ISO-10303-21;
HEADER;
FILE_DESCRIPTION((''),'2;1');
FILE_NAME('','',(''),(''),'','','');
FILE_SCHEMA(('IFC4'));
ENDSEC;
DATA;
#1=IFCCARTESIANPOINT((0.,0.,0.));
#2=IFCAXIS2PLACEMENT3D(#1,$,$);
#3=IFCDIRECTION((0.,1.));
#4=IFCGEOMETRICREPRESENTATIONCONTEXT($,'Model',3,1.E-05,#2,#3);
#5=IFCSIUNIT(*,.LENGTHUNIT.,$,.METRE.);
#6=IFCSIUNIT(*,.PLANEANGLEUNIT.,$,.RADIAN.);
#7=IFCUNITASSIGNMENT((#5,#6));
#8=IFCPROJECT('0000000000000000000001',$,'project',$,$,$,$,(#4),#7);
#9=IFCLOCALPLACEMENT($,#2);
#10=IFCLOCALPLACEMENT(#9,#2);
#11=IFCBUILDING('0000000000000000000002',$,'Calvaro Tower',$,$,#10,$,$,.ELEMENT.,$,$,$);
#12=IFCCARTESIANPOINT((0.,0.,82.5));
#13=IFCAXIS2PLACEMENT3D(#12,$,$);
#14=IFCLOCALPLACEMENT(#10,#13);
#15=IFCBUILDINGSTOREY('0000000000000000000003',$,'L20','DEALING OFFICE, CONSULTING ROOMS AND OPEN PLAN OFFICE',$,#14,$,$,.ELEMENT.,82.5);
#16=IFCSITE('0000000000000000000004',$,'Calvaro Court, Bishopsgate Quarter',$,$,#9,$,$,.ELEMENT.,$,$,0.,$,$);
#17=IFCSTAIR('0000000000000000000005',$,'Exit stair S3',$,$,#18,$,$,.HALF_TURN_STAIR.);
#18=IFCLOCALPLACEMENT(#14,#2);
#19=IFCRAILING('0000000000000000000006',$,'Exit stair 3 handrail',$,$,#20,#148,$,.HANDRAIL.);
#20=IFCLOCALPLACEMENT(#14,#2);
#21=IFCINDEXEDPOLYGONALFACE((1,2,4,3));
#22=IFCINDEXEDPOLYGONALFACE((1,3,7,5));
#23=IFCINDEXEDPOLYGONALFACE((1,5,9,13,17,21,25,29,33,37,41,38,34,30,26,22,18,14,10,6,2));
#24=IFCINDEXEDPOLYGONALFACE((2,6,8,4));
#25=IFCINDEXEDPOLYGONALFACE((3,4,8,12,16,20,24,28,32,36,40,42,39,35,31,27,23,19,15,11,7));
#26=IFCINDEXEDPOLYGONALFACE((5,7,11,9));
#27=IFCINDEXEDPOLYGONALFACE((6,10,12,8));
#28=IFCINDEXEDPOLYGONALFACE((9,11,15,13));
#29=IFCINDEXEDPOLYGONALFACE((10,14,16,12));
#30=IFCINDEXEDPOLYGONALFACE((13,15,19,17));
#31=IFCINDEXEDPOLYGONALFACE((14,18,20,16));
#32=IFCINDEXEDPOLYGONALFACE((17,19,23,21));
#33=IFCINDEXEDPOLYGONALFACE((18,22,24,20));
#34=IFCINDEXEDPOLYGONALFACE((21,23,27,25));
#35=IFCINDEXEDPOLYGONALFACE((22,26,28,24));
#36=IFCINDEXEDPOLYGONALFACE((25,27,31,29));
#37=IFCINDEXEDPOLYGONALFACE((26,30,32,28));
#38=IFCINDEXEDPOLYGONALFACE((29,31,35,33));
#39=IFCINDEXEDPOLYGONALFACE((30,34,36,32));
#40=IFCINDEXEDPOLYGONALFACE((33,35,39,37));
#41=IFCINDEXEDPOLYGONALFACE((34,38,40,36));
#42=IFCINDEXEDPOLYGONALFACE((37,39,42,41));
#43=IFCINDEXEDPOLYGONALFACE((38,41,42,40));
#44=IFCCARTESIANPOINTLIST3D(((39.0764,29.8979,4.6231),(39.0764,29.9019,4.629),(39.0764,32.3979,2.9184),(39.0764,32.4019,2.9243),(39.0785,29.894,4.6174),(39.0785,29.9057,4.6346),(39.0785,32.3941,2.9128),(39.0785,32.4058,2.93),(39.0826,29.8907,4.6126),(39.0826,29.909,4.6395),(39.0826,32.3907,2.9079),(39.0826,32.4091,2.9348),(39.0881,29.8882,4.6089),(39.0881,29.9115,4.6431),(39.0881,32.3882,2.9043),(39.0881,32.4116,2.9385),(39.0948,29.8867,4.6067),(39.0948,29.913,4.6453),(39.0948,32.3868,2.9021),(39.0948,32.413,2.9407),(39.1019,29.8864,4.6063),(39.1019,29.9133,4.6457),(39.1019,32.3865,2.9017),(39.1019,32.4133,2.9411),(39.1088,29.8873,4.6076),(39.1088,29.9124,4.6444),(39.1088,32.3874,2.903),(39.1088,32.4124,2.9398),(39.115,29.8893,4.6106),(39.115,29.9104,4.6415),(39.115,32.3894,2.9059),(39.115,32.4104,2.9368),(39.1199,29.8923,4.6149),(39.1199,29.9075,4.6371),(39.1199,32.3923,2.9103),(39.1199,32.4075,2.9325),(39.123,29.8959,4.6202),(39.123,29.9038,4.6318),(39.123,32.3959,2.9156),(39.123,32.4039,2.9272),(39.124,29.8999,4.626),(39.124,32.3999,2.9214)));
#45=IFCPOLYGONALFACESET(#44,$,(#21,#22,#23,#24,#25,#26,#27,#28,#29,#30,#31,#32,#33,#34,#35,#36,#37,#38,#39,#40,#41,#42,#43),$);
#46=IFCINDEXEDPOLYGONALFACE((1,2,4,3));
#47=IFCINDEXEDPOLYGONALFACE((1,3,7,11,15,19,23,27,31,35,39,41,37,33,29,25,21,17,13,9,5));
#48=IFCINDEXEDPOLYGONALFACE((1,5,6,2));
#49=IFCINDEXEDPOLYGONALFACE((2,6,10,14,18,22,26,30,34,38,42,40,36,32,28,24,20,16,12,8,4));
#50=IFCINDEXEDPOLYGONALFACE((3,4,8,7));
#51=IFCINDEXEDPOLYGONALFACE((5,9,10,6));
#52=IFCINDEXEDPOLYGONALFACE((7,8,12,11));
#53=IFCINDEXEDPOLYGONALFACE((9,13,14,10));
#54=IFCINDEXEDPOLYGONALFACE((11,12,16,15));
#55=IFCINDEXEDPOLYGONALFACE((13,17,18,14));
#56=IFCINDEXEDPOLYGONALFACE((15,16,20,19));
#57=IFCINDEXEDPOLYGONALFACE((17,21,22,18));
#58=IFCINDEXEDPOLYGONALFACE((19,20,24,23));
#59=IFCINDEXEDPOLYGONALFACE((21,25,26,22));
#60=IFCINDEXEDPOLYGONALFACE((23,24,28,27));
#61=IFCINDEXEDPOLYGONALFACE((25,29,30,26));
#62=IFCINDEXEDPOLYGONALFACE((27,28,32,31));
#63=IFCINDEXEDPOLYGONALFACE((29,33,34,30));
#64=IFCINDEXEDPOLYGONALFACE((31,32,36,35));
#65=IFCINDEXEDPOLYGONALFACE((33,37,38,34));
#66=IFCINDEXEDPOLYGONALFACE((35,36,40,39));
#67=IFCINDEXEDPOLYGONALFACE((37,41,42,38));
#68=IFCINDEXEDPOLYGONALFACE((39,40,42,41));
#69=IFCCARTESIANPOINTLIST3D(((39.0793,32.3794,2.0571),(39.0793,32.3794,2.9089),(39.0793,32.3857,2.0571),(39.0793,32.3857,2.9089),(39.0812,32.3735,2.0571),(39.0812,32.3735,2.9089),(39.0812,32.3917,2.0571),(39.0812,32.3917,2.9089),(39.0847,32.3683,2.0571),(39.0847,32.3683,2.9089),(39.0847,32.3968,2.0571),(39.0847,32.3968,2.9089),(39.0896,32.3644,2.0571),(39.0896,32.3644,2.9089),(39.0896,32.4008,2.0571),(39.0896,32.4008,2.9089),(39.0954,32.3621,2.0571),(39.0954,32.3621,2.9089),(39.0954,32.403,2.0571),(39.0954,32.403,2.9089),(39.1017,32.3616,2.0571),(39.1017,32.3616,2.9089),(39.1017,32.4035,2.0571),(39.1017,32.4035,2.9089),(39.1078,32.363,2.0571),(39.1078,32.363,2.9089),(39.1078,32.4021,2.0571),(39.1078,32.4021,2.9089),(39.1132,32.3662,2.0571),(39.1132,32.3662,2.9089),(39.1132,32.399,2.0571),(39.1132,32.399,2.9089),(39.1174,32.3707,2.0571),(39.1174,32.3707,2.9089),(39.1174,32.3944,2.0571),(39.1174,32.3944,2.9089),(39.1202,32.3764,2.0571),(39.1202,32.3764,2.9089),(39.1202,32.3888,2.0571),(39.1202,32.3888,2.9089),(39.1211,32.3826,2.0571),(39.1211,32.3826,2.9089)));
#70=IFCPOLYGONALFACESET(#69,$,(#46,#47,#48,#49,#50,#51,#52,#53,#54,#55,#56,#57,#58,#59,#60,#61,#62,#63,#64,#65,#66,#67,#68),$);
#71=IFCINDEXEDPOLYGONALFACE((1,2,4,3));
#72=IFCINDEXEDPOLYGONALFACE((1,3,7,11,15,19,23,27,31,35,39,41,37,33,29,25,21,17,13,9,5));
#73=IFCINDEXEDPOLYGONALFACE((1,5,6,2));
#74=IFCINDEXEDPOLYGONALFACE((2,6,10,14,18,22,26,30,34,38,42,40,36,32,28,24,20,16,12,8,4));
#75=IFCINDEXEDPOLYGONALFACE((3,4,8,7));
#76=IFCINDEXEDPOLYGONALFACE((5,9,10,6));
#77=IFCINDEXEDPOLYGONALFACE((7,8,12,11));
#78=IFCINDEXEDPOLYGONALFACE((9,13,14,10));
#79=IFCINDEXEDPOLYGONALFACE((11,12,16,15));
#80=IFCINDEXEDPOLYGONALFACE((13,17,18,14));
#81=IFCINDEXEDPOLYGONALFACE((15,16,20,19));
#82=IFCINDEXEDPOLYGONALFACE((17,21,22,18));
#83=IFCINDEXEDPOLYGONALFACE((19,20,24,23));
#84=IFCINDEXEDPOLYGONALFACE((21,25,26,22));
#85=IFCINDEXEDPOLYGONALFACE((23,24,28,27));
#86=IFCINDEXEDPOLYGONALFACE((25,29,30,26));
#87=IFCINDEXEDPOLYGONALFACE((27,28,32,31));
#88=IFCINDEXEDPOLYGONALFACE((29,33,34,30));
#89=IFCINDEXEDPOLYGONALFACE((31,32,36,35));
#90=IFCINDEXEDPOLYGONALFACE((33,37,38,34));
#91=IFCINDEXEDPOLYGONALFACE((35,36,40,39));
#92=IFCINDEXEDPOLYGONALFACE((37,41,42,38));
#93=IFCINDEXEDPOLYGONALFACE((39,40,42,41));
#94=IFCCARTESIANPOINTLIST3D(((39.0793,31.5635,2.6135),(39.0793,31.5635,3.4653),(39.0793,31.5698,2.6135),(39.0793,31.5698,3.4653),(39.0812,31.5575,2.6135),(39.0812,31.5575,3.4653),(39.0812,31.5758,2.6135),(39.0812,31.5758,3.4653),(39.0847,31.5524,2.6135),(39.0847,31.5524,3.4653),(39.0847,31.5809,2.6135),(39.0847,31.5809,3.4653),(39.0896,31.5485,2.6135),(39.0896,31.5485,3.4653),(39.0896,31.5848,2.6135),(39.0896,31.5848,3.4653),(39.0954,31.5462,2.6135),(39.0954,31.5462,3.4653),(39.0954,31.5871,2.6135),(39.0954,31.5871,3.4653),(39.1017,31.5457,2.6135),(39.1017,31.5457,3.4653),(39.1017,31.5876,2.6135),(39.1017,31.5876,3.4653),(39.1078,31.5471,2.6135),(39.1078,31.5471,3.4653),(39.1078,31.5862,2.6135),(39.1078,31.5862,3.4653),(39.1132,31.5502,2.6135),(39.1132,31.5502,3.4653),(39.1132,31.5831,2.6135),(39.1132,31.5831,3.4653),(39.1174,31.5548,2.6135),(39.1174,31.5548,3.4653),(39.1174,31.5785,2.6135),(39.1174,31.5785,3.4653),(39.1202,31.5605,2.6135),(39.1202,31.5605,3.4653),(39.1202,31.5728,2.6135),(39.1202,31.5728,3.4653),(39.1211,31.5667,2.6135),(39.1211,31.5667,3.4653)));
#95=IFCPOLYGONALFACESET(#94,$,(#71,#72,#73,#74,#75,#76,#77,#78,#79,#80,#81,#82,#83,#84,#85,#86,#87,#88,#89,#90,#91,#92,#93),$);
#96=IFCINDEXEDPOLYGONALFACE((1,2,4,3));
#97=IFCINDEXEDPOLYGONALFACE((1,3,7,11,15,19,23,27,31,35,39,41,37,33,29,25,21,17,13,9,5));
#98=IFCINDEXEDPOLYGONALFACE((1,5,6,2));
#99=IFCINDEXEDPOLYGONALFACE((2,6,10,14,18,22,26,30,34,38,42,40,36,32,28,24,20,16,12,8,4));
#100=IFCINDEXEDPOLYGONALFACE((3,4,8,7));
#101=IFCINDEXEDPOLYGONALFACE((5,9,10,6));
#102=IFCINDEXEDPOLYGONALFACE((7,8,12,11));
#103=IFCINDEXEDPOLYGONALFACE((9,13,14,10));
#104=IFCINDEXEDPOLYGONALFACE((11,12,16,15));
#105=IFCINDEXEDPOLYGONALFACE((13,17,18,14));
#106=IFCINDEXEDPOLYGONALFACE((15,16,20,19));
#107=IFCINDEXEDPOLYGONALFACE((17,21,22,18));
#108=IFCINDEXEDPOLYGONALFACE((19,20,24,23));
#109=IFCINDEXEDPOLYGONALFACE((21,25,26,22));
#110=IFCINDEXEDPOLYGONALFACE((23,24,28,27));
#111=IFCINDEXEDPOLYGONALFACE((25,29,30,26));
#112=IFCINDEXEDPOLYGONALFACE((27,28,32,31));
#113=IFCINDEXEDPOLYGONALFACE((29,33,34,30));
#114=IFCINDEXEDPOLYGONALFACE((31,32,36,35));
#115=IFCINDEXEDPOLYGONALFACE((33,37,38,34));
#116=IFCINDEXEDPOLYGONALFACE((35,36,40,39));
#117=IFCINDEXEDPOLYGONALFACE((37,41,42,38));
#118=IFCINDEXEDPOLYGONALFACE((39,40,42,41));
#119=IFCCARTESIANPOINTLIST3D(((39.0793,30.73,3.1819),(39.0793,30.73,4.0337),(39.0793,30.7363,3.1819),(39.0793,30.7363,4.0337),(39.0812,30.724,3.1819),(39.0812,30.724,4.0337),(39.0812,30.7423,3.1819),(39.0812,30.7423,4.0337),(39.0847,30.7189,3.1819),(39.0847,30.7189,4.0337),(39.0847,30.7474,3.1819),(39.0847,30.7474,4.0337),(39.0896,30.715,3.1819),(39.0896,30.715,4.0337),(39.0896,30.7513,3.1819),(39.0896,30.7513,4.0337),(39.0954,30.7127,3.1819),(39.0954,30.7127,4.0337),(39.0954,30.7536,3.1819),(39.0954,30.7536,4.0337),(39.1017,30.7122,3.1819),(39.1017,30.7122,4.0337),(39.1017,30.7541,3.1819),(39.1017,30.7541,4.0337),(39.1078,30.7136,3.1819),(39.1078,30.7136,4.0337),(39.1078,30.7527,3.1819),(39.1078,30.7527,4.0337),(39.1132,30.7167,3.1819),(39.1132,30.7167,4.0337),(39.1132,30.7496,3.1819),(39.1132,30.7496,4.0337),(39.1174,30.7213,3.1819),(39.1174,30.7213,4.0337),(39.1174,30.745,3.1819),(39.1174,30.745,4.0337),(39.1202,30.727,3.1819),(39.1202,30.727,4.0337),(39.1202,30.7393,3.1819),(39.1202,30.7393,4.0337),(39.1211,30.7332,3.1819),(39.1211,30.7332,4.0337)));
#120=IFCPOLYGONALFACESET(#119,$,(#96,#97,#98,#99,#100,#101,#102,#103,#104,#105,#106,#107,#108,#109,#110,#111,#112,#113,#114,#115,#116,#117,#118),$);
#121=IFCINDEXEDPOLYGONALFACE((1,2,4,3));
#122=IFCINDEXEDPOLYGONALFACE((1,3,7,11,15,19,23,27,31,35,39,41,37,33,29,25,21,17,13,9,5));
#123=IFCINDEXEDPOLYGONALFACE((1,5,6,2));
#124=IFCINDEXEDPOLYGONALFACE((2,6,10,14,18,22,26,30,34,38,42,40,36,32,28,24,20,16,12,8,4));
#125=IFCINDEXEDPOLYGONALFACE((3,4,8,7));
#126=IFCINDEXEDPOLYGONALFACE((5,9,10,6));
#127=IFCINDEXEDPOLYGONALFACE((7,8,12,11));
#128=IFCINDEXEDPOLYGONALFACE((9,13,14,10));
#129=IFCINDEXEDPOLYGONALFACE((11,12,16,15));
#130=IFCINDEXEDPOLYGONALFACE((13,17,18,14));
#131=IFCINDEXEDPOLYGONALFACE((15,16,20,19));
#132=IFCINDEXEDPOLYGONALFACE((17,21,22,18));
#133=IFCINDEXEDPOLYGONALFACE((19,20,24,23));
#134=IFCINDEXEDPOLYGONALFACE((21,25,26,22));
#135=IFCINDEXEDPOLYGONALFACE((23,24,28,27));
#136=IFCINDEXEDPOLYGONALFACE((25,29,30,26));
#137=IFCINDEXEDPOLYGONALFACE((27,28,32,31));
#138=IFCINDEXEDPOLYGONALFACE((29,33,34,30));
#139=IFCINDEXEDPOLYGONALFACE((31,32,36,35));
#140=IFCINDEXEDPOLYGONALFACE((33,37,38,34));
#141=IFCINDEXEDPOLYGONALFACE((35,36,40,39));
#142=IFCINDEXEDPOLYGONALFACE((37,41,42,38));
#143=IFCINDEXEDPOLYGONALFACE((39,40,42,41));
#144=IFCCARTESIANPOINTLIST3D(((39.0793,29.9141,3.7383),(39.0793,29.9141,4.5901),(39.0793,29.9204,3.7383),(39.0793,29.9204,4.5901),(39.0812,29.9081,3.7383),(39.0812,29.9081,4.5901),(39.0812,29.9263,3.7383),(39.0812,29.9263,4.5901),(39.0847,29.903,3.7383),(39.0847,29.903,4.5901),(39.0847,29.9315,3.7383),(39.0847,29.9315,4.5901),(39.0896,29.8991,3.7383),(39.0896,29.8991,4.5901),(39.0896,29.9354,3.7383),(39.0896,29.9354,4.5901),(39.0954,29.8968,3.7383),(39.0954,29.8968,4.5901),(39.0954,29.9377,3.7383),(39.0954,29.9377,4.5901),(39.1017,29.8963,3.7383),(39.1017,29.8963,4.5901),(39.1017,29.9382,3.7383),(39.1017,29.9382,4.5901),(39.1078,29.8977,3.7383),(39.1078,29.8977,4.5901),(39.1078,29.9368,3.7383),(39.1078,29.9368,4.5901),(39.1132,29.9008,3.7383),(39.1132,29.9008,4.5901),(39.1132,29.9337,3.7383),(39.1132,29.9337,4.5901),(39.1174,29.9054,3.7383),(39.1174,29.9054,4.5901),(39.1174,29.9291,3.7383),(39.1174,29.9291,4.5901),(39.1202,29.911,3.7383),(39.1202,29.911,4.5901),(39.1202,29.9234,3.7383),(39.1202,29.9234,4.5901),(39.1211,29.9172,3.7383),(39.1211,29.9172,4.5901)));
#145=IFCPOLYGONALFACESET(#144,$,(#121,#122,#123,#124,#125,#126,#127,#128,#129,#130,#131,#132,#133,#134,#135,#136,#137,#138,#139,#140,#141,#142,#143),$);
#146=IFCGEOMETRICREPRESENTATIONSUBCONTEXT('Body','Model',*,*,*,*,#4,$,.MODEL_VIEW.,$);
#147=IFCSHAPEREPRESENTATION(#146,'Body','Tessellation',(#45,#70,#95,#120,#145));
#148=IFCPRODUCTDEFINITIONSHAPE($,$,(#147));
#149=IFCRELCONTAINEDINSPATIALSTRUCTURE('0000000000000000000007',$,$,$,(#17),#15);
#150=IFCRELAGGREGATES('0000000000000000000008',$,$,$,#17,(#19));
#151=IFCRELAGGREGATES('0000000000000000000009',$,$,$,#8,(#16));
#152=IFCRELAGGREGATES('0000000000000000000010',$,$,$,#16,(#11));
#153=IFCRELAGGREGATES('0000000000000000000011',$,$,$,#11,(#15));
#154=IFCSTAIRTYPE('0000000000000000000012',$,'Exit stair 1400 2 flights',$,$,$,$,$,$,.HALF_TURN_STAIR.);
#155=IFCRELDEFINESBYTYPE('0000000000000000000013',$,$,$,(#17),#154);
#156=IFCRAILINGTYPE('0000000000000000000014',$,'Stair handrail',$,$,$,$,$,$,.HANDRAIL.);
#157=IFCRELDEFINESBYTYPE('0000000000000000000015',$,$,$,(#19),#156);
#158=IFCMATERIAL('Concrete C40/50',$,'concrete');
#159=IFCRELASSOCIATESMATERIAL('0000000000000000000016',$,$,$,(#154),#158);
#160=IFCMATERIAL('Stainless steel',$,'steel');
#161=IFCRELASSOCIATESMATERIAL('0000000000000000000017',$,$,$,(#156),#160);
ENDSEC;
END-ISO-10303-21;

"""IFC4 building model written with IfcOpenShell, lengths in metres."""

from ifc_helpers import new_model, si_unit, direction, frame, origin, origin_2d, place, context, subcontext, project, spatial, circle, extrude, material, type_object, element, aggregate, save


model = new_model("IFC4")

# Units and contexts
model_context = context("Model", 3, precision=1e-05, world=origin(), true_north=direction((0.0, 1.0)))
body_context = subcontext(model_context, "Body", "Model", "MODEL_VIEW")
ifc_project = project(units=[si_unit("LENGTHUNIT", "METRE"), si_unit("PLANEANGLEUNIT", "RADIAN")], contexts=[model_context])

# Site, building, storey
site_placement = place(None, origin())
site = spatial("IfcSite", under=ifc_project, at=site_placement, Name="Calvaro Court, Bishopsgate Quarter", CompositionType="ELEMENT", RefElevation=0.0)
building_placement = place(site_placement, origin())
building = spatial("IfcBuilding", under=site, at=building_placement, Name="Calvaro Tower", CompositionType="ELEMENT")
storey_placement = place(building_placement, frame((0.0, 0.0, 82.5)))
storey = spatial("IfcBuildingStorey", under=building, at=storey_placement, Name="L20", Description="DEALING OFFICE, CONSULTING ROOMS AND OPEN PLAN OFFICE", CompositionType="ELEMENT", Elevation=82.5)

# Stair
ifc_material_1 = material(Name="Concrete C40/50", Category="concrete")
stair_type = type_object("IfcStairType", Name="Exit stair 1400 2 flights", PredefinedType="HALF_TURN_STAIR", material=ifc_material_1)
stair_1_placement = place(storey_placement, origin())
stair_1 = element("IfcStair", 1, at=stair_1_placement, inside=storey, type_object=stair_type, Name="Exit stair S3", PredefinedType="HALF_TURN_STAIR")

# Railing
ifc_material_2 = material(Name="Stainless steel", Category="steel")
railing_type = type_object("IfcRailingType", Name="Stair handrail", PredefinedType="HANDRAIL", material=ifc_material_2)
railing_1_placement = place(storey_placement, frame((39.1001, 32.3999, 2.0454)))
railing_1 = element("IfcRailing", 2, at=railing_1_placement, type_object=railing_type, Name="Exit stair 3 handrail", PredefinedType="HANDRAIL", context=body_context, shape_type="SweptSolid", body=[
    extrude(circle(Radius=0.0239, at=origin_2d()), frame((0.0, 0.0, 0.876), z_axis=(0.0, -0.826221, 0.563347), x_axis=(1.0, 0.0, 0.0)), (0.0, 0.0, 1.0), 3.0259),
    extrude(circle(Radius=0.021, at=origin_2d()), frame((0.0, -0.0173, 0.0117)), (0.0, 0.0, 1.0), 0.8518),
    extrude(circle(Radius=0.021, at=origin_2d()), frame((0.0, -0.8333, 0.5681)), (0.0, 0.0, 1.0), 0.8518),
    extrude(circle(Radius=0.021, at=origin_2d()), frame((0.0, -1.6667, 1.1365)), (0.0, 0.0, 1.0), 0.8518),
    extrude(circle(Radius=0.021, at=origin_2d()), frame((0.0, -2.4827, 1.6929)), (0.0, 0.0, 1.0), 0.8518),
])
aggregate(stair_1, [railing_1])

save(model, "model.ifc")
